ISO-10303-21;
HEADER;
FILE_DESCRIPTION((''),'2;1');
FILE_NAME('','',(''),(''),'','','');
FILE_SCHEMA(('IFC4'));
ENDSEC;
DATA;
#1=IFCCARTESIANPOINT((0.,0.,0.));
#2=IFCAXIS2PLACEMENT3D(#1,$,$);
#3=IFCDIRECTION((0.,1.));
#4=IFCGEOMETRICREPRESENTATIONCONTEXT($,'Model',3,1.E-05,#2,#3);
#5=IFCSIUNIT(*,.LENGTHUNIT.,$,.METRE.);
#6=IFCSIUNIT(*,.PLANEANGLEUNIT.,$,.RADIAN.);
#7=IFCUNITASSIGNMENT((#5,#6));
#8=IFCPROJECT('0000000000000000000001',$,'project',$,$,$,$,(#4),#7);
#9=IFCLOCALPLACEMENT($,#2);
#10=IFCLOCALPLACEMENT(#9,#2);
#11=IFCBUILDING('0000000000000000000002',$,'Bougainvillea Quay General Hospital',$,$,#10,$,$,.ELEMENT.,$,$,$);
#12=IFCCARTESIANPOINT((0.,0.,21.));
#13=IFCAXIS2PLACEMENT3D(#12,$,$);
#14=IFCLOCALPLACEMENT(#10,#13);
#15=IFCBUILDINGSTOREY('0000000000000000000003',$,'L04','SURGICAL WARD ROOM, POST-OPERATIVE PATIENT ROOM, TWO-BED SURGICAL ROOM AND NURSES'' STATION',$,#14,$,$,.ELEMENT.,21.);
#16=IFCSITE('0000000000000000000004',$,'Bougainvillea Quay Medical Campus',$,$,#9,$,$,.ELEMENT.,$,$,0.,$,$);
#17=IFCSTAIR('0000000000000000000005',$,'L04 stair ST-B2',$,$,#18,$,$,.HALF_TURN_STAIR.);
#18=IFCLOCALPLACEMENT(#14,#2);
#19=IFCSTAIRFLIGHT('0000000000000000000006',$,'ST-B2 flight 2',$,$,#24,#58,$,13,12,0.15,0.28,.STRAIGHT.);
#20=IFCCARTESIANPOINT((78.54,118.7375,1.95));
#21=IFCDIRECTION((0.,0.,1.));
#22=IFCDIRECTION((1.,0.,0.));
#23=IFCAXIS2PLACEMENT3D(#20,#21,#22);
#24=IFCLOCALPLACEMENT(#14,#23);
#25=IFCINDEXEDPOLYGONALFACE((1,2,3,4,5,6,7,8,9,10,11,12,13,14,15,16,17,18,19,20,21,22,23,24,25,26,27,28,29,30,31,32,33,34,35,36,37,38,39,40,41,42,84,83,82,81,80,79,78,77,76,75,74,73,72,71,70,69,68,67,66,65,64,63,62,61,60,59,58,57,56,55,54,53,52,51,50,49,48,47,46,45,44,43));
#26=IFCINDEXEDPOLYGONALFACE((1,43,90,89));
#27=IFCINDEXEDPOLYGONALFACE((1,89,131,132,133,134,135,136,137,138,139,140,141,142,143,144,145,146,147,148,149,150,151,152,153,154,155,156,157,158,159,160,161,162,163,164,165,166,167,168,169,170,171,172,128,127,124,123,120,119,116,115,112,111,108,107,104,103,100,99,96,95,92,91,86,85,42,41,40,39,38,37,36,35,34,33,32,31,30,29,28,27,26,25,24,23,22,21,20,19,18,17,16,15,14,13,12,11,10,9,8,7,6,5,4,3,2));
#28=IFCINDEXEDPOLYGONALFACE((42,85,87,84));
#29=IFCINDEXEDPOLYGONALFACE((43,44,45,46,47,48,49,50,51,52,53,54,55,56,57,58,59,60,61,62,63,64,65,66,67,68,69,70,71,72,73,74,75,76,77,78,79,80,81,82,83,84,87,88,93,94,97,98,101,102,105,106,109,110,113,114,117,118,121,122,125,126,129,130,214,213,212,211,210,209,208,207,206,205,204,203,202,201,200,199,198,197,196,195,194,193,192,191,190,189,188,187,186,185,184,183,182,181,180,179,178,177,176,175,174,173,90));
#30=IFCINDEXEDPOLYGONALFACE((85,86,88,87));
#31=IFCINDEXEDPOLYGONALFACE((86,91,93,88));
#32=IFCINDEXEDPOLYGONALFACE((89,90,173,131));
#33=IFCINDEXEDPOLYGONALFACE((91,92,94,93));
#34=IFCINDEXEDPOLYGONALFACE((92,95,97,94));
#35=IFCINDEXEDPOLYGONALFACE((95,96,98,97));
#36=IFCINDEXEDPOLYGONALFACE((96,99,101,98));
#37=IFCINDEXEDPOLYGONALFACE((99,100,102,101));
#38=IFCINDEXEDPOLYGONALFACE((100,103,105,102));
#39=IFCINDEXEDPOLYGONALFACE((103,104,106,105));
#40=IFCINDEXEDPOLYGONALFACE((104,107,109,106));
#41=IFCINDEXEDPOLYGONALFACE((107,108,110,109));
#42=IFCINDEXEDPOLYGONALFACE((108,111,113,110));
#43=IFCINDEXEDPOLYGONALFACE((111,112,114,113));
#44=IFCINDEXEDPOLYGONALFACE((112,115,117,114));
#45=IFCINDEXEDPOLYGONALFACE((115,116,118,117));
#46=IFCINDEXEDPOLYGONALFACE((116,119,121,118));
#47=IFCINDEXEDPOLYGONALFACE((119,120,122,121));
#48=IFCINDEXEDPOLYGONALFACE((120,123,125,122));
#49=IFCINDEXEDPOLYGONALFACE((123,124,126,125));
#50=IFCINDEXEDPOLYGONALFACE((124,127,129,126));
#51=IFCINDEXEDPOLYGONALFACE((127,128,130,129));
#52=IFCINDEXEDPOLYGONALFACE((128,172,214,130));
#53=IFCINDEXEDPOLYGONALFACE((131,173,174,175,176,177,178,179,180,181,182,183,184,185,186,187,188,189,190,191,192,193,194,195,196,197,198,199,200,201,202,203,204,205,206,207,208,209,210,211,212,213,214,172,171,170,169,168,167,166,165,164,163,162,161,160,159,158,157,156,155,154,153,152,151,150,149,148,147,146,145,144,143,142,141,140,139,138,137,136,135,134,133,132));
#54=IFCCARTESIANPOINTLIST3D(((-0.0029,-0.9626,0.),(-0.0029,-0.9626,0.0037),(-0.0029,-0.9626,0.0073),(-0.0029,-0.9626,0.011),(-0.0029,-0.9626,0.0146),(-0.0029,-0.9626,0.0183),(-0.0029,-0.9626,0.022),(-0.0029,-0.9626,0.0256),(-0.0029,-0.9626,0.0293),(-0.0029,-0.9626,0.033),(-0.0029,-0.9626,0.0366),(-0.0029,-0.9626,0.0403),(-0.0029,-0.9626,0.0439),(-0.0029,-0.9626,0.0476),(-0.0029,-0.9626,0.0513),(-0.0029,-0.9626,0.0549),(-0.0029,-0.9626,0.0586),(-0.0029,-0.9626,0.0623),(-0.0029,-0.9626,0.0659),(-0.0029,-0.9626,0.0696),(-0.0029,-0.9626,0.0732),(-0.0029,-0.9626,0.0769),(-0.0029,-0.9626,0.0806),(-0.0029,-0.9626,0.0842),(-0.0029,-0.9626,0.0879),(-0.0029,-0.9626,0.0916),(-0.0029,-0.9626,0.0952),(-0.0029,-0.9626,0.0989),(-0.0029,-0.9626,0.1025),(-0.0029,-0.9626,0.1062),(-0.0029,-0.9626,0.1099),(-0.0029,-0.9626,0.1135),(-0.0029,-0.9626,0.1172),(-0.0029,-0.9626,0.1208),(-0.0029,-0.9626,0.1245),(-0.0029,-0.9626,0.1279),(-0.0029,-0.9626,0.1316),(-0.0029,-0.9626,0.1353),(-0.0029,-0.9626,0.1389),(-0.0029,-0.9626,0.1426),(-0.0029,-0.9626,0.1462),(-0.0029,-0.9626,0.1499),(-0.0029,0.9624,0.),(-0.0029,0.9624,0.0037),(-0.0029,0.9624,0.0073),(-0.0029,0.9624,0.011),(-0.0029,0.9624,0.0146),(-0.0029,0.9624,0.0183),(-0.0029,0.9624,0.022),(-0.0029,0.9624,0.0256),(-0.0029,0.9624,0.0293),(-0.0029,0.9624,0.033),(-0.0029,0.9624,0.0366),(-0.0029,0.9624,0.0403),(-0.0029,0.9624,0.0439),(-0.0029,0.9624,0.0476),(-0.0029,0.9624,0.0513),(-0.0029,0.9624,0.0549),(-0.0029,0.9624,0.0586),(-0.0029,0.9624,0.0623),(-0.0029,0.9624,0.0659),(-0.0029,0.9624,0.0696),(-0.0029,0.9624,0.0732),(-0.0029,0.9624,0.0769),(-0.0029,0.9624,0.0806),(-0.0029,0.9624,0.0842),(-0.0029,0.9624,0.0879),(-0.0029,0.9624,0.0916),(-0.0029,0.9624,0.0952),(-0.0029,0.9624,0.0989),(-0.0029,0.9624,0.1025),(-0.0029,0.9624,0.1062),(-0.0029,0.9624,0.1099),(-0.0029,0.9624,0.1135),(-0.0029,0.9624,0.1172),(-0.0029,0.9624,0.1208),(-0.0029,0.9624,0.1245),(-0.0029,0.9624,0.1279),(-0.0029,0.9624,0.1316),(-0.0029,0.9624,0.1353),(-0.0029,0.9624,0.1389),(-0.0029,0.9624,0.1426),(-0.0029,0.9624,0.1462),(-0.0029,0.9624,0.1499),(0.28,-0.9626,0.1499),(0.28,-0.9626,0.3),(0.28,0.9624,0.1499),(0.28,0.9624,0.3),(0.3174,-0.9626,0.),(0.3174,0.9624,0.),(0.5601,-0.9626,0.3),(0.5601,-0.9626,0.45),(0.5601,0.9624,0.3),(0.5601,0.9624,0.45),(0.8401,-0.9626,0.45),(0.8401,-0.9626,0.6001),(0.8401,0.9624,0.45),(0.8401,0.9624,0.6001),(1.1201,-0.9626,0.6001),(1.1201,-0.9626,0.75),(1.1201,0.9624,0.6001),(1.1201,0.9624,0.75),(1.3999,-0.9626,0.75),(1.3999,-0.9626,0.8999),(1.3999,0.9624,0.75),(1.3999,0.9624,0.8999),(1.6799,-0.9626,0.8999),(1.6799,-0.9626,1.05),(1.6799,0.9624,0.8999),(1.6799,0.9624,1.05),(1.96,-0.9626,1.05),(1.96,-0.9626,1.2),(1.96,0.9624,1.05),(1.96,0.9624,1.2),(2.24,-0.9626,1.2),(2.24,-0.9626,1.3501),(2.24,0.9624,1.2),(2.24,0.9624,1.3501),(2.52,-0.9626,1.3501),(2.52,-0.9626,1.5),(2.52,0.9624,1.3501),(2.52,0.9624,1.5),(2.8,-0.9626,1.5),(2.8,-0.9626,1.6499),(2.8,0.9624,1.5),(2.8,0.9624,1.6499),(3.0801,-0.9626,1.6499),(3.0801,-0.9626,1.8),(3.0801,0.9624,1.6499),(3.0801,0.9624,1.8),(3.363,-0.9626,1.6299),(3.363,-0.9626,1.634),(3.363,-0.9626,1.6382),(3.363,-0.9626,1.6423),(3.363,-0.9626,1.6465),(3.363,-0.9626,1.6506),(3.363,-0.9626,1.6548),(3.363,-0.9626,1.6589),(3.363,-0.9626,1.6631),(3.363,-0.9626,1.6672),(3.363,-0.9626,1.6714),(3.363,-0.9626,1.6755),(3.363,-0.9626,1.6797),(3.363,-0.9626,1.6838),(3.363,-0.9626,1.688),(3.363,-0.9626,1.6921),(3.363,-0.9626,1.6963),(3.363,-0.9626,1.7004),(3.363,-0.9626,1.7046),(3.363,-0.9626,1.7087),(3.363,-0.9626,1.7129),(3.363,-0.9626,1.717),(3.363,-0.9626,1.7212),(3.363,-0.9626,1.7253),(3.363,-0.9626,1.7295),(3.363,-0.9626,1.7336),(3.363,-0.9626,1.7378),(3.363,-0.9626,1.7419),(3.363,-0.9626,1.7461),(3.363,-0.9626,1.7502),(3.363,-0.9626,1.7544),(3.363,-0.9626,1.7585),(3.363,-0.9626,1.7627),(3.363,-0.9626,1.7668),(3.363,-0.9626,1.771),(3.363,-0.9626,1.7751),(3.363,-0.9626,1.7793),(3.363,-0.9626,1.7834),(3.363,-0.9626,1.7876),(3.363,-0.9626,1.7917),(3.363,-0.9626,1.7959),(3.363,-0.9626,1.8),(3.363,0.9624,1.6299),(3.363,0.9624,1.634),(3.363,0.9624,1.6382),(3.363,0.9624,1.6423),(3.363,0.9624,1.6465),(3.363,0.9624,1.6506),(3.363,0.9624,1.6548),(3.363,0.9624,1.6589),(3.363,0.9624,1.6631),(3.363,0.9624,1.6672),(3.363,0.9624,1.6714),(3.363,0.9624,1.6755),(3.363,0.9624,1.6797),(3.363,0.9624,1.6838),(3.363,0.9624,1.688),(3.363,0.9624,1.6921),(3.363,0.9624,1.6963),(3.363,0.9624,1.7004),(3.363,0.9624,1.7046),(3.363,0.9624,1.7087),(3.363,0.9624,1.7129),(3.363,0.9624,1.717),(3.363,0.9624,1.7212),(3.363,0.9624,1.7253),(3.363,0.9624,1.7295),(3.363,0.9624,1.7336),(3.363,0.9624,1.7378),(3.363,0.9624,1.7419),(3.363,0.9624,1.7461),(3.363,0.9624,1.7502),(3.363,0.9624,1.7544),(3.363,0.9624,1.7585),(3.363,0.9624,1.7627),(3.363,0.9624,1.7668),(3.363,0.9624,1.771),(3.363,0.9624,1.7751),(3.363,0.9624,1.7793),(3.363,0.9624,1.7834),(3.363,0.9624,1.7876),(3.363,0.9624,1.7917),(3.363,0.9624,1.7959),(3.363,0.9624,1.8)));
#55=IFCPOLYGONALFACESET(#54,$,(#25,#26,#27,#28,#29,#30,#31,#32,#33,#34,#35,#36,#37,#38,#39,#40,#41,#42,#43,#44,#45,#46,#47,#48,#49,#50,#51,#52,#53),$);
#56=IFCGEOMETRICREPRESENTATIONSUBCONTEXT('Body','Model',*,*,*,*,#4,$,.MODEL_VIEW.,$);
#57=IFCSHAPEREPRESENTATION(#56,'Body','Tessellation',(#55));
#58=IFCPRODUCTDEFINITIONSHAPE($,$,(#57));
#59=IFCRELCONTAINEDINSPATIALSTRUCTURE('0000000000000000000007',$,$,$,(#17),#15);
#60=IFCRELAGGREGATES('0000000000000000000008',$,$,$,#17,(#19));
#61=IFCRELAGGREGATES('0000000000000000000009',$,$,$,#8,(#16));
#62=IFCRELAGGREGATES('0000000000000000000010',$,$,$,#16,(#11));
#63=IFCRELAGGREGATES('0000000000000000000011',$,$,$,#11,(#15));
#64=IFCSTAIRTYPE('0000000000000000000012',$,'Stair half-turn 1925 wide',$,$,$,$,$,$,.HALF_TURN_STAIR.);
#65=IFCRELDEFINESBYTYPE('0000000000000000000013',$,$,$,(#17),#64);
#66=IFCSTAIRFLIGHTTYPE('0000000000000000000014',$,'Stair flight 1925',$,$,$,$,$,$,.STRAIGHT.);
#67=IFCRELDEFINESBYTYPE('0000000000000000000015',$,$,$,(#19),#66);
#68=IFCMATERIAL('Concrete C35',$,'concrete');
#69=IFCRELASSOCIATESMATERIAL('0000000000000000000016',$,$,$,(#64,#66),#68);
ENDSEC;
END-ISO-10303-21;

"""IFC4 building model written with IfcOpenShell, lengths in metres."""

from ifc_helpers import new_model, si_unit, direction, frame, origin, place, context, subcontext, project, spatial, polyline, outline, extrude, material, type_object, element, aggregate, save


model = new_model("IFC4")

# Units and contexts
model_context = context("Model", 3, precision=1e-05, world=origin(), true_north=direction((0.0, 1.0)))
body_context = subcontext(model_context, "Body", "Model", "MODEL_VIEW")
ifc_project = project(units=[si_unit("LENGTHUNIT", "METRE"), si_unit("PLANEANGLEUNIT", "RADIAN")], contexts=[model_context])

# Site, building, storey
site_placement = place(None, origin())
site = spatial("IfcSite", under=ifc_project, at=site_placement, Name="Bougainvillea Quay Medical Campus", CompositionType="ELEMENT", RefElevation=0.0)
building_placement = place(site_placement, origin())
building = spatial("IfcBuilding", under=site, at=building_placement, Name="Bougainvillea Quay General Hospital", CompositionType="ELEMENT")
storey_placement = place(building_placement, frame((0.0, 0.0, 21.0)))
storey = spatial("IfcBuildingStorey", under=building, at=storey_placement, Name="L04", Description="SURGICAL WARD ROOM, POST-OPERATIVE PATIENT ROOM, TWO-BED SURGICAL ROOM AND NURSES' STATION", CompositionType="ELEMENT", Elevation=21.0)

# Stair, stair flight
ifc_material_1 = material(Name="Concrete C35", Category="concrete")
stair_type = type_object("IfcStairType", Name="Stair half-turn 1925 wide", PredefinedType="HALF_TURN_STAIR", material=ifc_material_1)
stair_placement = place(storey_placement, origin())
stair = element("IfcStair", 1, at=stair_placement, inside=storey, type_object=stair_type, Name="L04 stair ST-B2", PredefinedType="HALF_TURN_STAIR")
stair_flight_type = type_object("IfcStairFlightType", Name="Stair flight 1925", PredefinedType="STRAIGHT", material=ifc_material_1)
stair_flight_placement = place(storey_placement, frame((78.54, 118.7375, 1.95), z_axis=(0.0, 0.0, 1.0), x_axis=(1.0, 0.0, 0.0)))
stair_flight = element("IfcStairFlight", 2, at=stair_flight_placement, type_object=stair_flight_type, Name="ST-B2 flight 2", NumberOfRisers=13, NumberOfTreads=12, PredefinedType="STRAIGHT", RiserHeight=0.15, TreadLength=0.28, context=body_context, shape_type="SweptSolid", body=[
    extrude(outline(polyline([(-0.0029, 0.0), (-0.0029, 0.0037), (-0.0029, 0.0073), (-0.0029, 0.011), (-0.0029, 0.0146), (-0.0029, 0.0183), (-0.0029, 0.022), (-0.0029, 0.0256), (-0.0029, 0.0293), (-0.0029, 0.033), (-0.0029, 0.0366), (-0.0029, 0.0403), (-0.0029, 0.0439), (-0.0029, 0.0476), (-0.0029, 0.0513), (-0.0029, 0.0549), (-0.0029, 0.0586), (-0.0029, 0.0623), (-0.0029, 0.0659), (-0.0029, 0.0696), (-0.0029, 0.0732), (-0.0029, 0.0769), (-0.0029, 0.0806), (-0.0029, 0.0842), (-0.0029, 0.0879), (-0.0029, 0.0916), (-0.0029, 0.0952), (-0.0029, 0.0989), (-0.0029, 0.1025), (-0.0029, 0.1062), (-0.0029, 0.1099), (-0.0029, 0.1135), (-0.0029, 0.1172), (-0.0029, 0.1208), (-0.0029, 0.1245), (-0.0029, 0.1279), (-0.0029, 0.1316), (-0.0029, 0.1353), (-0.0029, 0.1389), (-0.0029, 0.1426), (-0.0029, 0.1462), (-0.0029, 0.1499), (0.28, 0.1499), (0.28, 0.3), (0.5601, 0.3), (0.5601, 0.45), (0.8401, 0.45), (0.8401, 0.6001), (1.1201, 0.6001), (1.1201, 0.75), (1.3999, 0.75), (1.3999, 0.8999), (1.6799, 0.8999), (1.6799, 1.05), (1.96, 1.05), (1.96, 1.2), (2.24, 1.2), (2.24, 1.3501), (2.52, 1.3501), (2.52, 1.5), (2.8, 1.5), (2.8, 1.6499), (3.0801, 1.6499), (3.0801, 1.8), (3.363, 1.8), (3.363, 1.7959), (3.363, 1.7917), (3.363, 1.7876), (3.363, 1.7834), (3.363, 1.7793), (3.363, 1.7751), (3.363, 1.771), (3.363, 1.7668), (3.363, 1.7627), (3.363, 1.7585), (3.363, 1.7544), (3.363, 1.7502), (3.363, 1.7461), (3.363, 1.7419), (3.363, 1.7378), (3.363, 1.7336), (3.363, 1.7295), (3.363, 1.7253), (3.363, 1.7212), (3.363, 1.717), (3.363, 1.7129), (3.363, 1.7087), (3.363, 1.7046), (3.363, 1.7004), (3.363, 1.6963), (3.363, 1.6921), (3.363, 1.688), (3.363, 1.6838), (3.363, 1.6797), (3.363, 1.6755), (3.363, 1.6714), (3.363, 1.6672), (3.363, 1.6631), (3.363, 1.6589), (3.363, 1.6548), (3.363, 1.6506), (3.363, 1.6465), (3.363, 1.6423), (3.363, 1.6382), (3.363, 1.634), (3.363, 1.6299), (0.3174, 0.0), (-0.0029, 0.0)])), frame((0.0, 0.9624, 0.0), z_axis=(0.0, -1.0, 0.0), x_axis=(1.0, 0.0, 0.0)), (0.0, 0.0, 1.0), 1.925),
])
aggregate(stair, [stair_flight])

save(model, "model.ifc")
